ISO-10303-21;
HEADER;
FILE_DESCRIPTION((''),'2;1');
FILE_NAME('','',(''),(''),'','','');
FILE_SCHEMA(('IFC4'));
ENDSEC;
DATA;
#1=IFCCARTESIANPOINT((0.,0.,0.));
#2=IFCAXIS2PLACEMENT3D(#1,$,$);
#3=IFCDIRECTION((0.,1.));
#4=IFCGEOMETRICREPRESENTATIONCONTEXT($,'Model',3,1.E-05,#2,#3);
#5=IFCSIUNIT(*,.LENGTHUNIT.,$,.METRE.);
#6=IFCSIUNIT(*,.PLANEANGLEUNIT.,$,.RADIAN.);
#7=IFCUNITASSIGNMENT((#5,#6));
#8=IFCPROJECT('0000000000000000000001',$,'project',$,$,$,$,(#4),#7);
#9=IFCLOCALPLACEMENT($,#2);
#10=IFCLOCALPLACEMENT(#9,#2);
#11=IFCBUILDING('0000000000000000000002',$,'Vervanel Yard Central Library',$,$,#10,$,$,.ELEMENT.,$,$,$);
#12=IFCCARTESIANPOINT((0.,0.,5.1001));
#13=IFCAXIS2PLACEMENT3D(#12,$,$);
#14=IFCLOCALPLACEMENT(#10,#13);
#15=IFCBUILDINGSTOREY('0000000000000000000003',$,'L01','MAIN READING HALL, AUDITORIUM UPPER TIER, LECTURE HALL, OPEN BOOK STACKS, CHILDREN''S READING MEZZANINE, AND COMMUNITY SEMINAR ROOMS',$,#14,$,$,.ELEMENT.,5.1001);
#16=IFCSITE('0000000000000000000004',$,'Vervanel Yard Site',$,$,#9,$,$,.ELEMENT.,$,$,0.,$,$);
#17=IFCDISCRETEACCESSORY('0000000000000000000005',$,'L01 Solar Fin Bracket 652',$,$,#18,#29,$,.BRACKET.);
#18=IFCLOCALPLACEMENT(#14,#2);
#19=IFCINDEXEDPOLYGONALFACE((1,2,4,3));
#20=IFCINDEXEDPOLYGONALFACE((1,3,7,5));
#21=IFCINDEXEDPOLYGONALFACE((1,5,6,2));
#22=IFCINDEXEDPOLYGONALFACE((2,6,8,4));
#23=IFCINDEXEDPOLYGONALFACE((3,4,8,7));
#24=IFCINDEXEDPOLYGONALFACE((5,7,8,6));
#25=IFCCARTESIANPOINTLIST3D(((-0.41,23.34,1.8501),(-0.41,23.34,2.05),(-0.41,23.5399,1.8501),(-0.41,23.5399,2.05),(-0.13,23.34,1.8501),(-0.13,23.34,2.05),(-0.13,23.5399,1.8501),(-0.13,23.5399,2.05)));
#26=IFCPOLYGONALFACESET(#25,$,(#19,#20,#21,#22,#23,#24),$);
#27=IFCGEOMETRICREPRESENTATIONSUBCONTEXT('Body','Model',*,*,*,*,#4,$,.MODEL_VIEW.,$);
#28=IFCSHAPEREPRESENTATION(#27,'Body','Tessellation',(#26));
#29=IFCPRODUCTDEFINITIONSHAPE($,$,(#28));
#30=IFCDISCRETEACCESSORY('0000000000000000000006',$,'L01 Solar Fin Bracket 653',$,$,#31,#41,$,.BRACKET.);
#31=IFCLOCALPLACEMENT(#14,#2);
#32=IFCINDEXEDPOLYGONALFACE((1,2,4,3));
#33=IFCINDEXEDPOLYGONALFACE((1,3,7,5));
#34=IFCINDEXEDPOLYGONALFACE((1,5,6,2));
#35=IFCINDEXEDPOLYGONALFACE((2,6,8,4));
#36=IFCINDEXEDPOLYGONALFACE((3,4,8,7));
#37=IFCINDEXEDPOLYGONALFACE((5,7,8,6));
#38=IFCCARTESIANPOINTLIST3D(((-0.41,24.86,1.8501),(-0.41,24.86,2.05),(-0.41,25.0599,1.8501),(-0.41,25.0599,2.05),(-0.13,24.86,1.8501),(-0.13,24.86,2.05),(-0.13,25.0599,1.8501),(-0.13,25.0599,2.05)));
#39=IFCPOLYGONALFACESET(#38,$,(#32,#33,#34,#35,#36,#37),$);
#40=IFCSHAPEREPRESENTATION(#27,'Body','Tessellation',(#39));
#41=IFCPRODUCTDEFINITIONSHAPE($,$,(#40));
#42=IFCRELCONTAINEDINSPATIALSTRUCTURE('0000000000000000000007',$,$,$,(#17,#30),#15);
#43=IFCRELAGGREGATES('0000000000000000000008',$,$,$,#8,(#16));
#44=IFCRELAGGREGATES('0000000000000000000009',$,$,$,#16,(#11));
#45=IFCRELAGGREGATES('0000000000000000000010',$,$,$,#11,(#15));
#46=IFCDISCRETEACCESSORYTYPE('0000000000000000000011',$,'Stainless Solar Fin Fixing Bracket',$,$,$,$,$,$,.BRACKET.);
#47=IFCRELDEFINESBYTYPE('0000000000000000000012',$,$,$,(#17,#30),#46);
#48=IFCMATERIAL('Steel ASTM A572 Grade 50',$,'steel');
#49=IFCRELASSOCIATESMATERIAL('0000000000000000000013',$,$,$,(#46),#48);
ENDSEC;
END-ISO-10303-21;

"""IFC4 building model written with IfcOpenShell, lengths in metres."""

from ifc_helpers import new_model, si_unit, direction, frame, origin, origin_2d, place, context, subcontext, project, spatial, rectangle, extrude, material, type_object, element, save


model = new_model("IFC4")

# Units and contexts
model_context = context("Model", 3, precision=1e-05, world=origin(), true_north=direction((0.0, 1.0)))
body_context = subcontext(model_context, "Body", "Model", "MODEL_VIEW")
ifc_project = project(units=[si_unit("LENGTHUNIT", "METRE"), si_unit("PLANEANGLEUNIT", "RADIAN")], contexts=[model_context])

# Site, building, storey
site_placement = place(None, origin())
site = spatial("IfcSite", under=ifc_project, at=site_placement, Name="Vervanel Yard Site", CompositionType="ELEMENT", RefElevation=0.0)
building_placement = place(site_placement, origin())
building = spatial("IfcBuilding", under=site, at=building_placement, Name="Vervanel Yard Central Library", CompositionType="ELEMENT")
storey_placement = place(building_placement, frame((0.0, 0.0, 5.1001)))
storey = spatial("IfcBuildingStorey", under=building, at=storey_placement, Name="L01", Description="MAIN READING HALL, AUDITORIUM UPPER TIER, LECTURE HALL, OPEN BOOK STACKS, CHILDREN'S READING MEZZANINE, AND COMMUNITY SEMINAR ROOMS", CompositionType="ELEMENT", Elevation=5.1001)

# Discrete accessories
ifc_material_1 = material(Name="Steel ASTM A572 Grade 50", Category="steel")
discrete_accessory_type = type_object("IfcDiscreteAccessoryType", Name="Stainless Solar Fin Fixing Bracket", PredefinedType="BRACKET", material=ifc_material_1)
for number, where, z_axis, x_axis, name in (
    (1, (-0.27, 23.4399, 1.8501), (0.0, 0.0, 1.0), (0.0, 1.0, 0.0), "L01 Solar Fin Bracket 652"),
    (2, (-0.27, 24.96, 1.8501), (0.0, 0.0, 1.0), (0.0, 1.0, 0.0), "L01 Solar Fin Bracket 653"),
):
    element("IfcDiscreteAccessory", number, at=place(storey_placement, frame(where, z_axis=z_axis, x_axis=x_axis)), inside=storey, type_object=discrete_accessory_type, Name=name, PredefinedType="BRACKET", context=body_context, shape_type="SweptSolid", body=[
        extrude(rectangle(XDim=0.2, YDim=0.28, at=origin_2d()), origin(), (0.0, 0.0, 1.0), 0.2),
    ])

save(model, "model.ifc")
